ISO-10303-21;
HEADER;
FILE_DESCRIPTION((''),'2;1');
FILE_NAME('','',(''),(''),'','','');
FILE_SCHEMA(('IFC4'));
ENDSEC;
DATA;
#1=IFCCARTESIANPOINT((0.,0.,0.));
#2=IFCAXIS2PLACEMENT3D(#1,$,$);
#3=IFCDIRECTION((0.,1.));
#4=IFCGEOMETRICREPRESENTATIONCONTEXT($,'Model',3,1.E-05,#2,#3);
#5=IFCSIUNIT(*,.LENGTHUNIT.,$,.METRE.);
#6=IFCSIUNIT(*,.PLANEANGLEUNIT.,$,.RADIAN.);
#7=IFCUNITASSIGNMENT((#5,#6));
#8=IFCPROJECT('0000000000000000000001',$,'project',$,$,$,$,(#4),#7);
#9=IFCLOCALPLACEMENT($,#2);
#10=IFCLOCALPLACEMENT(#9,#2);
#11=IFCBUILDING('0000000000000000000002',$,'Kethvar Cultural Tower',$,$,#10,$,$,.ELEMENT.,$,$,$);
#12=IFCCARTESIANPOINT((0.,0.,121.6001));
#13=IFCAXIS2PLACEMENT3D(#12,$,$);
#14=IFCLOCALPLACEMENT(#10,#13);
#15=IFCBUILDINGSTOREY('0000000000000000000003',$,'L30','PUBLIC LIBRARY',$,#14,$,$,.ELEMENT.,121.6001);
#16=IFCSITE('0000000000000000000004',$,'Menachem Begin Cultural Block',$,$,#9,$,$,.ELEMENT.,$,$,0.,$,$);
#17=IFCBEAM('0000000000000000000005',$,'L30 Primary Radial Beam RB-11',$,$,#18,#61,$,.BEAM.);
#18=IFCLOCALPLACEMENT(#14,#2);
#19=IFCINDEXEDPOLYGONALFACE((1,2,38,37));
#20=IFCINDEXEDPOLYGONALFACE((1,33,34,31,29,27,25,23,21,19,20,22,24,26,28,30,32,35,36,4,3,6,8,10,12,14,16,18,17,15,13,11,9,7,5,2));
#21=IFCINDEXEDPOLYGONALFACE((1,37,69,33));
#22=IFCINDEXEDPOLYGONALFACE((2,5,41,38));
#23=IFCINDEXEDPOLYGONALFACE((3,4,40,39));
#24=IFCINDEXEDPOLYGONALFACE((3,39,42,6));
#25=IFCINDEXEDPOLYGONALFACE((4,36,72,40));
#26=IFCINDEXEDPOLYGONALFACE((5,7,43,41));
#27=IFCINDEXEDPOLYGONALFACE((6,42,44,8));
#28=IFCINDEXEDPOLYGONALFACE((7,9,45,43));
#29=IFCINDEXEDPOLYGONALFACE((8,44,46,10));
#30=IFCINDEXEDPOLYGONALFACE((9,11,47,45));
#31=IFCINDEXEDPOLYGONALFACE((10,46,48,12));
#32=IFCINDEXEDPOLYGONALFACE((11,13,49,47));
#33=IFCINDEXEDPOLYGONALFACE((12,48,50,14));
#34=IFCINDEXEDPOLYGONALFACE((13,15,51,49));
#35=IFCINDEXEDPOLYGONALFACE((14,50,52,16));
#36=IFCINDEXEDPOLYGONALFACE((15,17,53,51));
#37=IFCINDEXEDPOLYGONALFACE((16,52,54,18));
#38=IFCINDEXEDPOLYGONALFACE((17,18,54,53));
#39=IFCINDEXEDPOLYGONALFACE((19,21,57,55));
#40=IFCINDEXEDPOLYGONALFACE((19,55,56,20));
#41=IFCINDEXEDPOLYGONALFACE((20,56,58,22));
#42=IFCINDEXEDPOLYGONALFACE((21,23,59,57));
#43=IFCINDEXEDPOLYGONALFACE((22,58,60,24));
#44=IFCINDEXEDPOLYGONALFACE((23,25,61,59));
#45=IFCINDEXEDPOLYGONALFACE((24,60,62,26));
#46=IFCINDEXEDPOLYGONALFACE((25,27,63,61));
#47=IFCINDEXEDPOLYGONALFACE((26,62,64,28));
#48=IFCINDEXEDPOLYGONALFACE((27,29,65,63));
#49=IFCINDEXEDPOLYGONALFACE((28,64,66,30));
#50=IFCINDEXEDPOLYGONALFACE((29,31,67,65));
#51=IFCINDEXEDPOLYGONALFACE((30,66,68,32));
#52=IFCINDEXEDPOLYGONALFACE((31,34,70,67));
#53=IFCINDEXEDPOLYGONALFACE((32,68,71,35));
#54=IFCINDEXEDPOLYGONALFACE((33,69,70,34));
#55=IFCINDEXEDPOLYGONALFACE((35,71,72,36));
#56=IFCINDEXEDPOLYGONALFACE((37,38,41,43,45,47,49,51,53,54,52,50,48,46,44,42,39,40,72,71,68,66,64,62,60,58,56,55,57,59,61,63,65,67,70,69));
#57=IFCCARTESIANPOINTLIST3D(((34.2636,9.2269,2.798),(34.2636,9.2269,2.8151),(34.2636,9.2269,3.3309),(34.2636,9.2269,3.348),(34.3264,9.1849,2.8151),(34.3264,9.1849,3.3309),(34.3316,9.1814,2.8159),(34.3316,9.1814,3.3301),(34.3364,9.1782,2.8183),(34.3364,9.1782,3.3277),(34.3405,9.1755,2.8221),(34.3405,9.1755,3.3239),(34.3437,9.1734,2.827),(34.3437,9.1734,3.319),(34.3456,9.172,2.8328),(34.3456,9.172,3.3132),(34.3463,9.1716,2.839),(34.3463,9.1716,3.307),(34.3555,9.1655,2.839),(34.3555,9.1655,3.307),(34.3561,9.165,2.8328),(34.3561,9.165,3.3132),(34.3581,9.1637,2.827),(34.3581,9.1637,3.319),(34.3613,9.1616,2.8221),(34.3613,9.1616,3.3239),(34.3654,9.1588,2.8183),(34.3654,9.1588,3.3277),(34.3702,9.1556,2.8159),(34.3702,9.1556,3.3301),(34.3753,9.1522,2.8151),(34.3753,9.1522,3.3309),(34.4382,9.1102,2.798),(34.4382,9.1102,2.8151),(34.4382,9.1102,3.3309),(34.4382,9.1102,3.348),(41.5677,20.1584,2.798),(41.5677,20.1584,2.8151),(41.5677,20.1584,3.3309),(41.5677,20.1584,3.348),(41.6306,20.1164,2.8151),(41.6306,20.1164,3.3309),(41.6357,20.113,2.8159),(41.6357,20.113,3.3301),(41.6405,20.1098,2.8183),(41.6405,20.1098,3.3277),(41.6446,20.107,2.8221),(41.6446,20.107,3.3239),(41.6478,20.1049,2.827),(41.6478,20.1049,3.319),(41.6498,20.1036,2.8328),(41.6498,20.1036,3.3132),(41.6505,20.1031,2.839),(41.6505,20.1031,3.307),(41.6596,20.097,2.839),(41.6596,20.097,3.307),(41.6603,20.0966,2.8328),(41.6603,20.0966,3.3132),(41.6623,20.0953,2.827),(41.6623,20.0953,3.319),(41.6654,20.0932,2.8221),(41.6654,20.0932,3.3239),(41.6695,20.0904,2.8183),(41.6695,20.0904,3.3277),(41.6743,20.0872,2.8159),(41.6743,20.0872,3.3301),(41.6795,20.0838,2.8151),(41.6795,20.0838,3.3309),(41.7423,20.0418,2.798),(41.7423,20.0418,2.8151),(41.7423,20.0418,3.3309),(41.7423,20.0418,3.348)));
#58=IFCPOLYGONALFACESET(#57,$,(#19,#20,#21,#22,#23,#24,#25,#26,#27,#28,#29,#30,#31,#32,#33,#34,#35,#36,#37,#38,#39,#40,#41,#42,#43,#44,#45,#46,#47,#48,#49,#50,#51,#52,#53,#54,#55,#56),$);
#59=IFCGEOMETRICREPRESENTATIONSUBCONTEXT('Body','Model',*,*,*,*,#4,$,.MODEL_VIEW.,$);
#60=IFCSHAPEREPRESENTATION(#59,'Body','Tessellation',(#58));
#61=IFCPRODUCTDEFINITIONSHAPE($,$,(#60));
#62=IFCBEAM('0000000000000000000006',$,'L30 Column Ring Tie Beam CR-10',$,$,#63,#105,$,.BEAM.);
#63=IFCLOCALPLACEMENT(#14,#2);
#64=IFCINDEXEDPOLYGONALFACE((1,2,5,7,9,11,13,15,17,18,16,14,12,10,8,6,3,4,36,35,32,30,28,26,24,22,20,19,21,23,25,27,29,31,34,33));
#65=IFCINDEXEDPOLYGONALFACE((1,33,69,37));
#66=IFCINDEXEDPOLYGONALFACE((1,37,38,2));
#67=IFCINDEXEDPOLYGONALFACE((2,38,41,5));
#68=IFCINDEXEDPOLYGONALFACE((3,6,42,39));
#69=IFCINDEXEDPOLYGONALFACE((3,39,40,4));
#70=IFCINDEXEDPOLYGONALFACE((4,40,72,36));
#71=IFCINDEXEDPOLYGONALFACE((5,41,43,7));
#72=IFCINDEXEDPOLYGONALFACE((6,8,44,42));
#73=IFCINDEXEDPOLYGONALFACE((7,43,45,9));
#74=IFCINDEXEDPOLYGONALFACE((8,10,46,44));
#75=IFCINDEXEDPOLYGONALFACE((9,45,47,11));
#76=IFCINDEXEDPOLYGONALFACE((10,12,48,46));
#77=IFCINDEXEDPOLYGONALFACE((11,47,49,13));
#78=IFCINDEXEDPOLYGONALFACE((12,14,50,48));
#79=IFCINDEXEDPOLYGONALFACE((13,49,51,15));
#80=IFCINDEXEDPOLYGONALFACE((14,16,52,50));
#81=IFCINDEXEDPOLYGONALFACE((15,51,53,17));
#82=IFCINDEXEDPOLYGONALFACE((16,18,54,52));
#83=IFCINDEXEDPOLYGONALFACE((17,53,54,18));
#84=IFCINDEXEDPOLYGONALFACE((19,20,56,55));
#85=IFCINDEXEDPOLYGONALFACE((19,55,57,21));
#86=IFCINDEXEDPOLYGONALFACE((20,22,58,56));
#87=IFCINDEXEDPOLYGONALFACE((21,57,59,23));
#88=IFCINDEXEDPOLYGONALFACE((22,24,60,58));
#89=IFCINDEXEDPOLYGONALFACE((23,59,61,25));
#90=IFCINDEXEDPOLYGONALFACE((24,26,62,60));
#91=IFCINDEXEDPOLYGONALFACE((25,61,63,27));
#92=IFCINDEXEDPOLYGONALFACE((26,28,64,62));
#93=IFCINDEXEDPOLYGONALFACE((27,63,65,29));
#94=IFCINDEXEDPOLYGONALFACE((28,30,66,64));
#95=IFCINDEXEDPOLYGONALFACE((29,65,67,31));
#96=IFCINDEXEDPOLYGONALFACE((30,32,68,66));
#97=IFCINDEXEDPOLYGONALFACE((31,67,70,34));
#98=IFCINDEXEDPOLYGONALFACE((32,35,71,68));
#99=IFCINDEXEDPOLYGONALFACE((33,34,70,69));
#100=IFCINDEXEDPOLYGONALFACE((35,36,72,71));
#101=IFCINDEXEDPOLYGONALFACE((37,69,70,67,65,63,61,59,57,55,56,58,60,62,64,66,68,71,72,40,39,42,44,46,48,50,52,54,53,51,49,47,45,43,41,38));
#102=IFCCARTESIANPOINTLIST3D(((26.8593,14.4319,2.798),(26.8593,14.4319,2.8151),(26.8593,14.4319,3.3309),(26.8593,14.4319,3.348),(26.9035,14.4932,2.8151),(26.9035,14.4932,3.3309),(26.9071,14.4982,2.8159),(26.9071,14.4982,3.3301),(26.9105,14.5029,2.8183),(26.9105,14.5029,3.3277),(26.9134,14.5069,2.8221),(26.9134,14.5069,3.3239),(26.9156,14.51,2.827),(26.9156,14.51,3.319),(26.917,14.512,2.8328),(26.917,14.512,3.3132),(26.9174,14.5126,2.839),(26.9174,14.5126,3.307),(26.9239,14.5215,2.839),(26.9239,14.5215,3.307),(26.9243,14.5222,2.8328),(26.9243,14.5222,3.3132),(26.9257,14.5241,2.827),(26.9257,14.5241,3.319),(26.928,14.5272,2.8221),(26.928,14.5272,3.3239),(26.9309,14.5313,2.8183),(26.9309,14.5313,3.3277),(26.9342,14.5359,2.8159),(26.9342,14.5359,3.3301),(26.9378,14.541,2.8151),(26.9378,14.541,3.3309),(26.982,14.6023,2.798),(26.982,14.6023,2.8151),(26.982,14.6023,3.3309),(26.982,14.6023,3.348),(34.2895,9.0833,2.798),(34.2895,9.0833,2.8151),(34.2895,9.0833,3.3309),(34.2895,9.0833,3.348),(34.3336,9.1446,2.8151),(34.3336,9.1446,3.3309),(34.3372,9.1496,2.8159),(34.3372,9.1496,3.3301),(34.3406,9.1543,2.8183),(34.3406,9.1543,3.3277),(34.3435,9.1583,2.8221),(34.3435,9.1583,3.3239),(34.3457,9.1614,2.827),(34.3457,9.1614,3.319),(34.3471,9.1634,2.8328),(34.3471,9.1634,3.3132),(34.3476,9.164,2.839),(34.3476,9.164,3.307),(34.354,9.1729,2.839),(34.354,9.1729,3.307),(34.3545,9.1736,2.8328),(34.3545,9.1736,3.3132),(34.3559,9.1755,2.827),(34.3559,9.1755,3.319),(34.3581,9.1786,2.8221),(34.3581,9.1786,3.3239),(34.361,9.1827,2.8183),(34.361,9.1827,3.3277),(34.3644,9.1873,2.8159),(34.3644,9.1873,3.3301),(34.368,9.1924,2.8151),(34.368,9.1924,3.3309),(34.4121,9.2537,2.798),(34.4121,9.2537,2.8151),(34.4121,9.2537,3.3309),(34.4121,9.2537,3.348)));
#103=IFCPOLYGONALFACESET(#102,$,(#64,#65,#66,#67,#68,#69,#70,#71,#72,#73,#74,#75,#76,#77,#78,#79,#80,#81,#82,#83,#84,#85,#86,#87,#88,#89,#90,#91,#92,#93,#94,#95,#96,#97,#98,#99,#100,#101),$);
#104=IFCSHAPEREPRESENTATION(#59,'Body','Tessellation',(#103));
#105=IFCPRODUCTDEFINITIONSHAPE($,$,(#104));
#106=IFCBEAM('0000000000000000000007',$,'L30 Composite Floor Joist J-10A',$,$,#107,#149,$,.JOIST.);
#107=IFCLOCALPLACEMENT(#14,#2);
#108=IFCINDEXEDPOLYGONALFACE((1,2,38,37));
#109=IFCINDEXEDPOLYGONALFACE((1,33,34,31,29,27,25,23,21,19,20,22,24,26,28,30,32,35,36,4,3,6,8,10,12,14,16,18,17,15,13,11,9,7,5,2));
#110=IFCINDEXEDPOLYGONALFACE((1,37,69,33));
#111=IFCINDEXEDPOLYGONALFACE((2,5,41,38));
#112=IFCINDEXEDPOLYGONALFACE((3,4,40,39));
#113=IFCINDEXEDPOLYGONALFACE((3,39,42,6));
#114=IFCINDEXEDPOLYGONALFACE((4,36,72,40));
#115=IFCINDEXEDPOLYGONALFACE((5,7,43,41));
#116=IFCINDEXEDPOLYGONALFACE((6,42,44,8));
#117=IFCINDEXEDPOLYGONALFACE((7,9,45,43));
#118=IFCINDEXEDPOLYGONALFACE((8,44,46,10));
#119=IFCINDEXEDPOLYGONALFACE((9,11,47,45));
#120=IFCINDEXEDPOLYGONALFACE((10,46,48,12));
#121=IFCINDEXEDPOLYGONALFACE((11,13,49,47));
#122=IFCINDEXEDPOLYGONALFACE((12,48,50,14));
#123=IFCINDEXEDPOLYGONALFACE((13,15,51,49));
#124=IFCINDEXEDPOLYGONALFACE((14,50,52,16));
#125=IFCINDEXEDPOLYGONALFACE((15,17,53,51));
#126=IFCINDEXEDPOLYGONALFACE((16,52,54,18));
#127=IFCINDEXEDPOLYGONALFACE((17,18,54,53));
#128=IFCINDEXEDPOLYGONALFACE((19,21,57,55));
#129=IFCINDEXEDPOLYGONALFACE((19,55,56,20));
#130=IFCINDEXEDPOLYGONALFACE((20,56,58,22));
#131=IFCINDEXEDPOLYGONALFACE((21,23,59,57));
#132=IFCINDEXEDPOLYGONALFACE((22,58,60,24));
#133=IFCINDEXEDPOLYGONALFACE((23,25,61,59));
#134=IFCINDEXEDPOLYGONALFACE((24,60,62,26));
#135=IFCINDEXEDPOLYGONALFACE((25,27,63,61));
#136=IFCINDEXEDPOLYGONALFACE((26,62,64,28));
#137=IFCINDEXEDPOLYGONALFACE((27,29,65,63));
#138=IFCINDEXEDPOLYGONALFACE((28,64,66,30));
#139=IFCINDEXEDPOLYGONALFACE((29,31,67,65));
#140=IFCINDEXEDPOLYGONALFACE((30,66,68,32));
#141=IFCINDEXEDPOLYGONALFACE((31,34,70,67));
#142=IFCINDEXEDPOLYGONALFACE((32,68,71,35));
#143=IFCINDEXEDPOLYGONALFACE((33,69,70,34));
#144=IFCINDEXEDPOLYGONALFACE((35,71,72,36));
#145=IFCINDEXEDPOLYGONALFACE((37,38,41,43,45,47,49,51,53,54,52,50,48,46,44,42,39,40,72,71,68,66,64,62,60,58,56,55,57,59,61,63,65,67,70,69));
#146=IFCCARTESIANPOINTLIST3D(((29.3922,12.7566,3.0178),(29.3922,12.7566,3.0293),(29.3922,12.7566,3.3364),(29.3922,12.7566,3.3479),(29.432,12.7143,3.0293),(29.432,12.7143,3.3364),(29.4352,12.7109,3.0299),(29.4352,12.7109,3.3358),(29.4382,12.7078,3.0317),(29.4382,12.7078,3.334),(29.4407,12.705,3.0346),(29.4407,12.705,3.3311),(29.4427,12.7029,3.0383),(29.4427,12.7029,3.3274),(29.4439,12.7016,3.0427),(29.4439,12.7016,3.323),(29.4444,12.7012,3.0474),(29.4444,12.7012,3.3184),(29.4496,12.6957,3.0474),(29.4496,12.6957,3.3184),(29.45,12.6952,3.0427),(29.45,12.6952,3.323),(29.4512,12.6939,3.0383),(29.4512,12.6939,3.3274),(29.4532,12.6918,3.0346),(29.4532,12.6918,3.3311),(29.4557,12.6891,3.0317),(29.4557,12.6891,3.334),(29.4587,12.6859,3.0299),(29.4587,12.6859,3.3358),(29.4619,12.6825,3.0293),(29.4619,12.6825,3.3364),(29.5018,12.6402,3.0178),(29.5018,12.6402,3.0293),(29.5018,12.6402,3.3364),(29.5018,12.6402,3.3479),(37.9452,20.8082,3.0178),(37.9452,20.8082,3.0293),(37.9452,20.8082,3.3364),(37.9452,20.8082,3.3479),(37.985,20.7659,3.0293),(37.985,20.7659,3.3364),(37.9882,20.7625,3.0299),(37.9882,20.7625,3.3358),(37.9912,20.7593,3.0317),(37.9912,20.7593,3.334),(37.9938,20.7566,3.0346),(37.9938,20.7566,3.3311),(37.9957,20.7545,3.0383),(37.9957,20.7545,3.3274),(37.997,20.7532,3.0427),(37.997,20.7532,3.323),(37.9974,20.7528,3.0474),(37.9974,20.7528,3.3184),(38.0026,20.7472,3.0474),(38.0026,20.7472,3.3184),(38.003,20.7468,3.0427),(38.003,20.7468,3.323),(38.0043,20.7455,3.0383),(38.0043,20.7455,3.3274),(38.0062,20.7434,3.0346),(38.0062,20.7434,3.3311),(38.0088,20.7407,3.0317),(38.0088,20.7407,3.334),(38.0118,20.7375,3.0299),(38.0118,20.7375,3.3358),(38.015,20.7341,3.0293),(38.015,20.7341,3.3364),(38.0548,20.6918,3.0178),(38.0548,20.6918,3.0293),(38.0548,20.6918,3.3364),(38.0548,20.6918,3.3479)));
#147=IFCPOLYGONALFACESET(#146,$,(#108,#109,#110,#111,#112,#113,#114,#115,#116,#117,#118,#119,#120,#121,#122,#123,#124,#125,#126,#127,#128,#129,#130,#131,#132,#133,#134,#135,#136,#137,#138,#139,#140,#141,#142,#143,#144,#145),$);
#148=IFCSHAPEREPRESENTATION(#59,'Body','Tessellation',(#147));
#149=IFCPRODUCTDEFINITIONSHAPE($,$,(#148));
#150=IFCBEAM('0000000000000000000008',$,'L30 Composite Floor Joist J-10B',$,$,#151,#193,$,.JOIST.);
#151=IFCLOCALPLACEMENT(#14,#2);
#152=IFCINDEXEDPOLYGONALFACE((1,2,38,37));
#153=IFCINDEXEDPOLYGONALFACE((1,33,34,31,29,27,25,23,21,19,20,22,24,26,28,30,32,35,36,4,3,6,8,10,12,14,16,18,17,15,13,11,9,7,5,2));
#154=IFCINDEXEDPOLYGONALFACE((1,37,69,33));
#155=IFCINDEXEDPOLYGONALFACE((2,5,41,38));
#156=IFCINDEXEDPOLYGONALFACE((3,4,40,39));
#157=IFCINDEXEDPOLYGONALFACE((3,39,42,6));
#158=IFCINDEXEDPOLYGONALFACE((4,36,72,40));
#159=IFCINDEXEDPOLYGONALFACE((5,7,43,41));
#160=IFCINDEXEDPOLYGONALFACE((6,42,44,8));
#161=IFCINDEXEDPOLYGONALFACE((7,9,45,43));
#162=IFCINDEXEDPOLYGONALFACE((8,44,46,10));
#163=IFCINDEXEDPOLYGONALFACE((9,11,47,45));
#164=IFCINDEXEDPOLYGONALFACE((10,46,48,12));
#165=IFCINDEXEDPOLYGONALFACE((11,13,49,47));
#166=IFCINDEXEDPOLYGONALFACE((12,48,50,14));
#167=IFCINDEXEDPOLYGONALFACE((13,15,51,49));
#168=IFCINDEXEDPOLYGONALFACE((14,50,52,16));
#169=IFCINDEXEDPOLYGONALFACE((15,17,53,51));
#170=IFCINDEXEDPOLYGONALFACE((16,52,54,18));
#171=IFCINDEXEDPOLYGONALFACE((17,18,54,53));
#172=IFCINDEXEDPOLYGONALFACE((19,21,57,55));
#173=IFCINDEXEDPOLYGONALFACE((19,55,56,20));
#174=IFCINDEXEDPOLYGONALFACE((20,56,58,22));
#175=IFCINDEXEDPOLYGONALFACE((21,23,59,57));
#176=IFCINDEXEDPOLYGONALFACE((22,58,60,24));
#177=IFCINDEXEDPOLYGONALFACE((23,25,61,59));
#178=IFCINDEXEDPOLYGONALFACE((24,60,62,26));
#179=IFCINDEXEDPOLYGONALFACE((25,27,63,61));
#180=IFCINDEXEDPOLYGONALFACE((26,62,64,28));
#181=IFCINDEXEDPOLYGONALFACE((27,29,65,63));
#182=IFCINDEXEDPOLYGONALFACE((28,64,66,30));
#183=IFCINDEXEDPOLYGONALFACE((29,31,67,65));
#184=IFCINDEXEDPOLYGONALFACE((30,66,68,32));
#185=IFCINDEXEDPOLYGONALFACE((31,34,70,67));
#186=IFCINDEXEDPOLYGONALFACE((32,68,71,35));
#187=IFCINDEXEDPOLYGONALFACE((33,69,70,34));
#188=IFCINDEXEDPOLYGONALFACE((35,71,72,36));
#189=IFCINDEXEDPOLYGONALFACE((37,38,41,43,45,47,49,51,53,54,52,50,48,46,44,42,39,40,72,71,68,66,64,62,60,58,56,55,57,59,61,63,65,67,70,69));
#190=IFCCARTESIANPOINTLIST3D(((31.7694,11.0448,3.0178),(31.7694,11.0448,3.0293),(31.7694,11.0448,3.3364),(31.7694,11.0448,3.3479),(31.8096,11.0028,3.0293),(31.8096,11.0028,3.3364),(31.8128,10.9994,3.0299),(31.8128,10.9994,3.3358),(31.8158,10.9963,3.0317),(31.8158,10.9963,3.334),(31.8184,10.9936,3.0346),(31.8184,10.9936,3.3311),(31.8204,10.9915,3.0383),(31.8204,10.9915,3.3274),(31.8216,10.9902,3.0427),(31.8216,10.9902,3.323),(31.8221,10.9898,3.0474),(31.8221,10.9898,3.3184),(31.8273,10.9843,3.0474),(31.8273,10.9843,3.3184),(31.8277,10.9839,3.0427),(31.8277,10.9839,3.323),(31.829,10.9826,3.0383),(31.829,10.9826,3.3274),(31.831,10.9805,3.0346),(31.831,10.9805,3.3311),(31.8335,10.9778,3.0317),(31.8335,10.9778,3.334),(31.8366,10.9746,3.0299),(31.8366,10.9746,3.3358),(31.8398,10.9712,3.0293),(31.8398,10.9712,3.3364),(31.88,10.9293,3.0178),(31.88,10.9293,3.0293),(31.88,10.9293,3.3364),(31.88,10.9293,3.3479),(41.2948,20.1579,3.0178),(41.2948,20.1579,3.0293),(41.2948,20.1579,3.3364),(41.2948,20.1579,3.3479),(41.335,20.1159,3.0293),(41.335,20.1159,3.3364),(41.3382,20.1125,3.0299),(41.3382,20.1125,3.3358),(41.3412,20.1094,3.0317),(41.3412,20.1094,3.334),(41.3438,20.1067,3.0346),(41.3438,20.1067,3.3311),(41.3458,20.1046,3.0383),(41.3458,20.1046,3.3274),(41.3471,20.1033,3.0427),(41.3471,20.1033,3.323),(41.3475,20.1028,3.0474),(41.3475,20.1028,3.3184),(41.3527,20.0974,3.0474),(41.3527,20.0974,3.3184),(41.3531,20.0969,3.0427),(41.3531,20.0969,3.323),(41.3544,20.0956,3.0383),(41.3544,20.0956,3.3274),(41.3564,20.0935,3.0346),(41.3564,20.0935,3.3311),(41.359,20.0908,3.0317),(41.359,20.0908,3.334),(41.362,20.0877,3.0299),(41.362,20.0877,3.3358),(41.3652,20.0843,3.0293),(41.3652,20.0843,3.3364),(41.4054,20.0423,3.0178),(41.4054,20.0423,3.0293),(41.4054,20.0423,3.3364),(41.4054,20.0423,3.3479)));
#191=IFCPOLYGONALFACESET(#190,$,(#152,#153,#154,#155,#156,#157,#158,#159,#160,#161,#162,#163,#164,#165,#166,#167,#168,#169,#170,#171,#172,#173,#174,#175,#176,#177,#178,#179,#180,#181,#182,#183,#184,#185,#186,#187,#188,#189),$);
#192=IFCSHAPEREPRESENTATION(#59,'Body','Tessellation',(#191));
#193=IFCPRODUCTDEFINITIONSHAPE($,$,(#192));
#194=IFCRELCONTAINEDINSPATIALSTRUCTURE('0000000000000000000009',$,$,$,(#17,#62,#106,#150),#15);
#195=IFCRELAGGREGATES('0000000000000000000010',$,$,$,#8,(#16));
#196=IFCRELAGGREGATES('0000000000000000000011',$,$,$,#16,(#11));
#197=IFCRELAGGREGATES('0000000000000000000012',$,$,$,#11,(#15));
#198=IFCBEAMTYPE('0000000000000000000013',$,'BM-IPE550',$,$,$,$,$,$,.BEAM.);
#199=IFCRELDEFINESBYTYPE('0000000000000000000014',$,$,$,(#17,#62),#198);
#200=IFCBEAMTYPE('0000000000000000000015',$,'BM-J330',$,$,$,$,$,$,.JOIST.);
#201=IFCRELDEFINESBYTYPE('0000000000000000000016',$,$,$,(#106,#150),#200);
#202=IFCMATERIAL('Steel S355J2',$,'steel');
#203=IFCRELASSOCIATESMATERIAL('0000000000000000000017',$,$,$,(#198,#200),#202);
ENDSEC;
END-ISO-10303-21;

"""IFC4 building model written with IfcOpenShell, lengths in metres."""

from ifc_helpers import new_model, si_unit, direction, frame, origin, origin_2d, place, context, subcontext, project, spatial, i_section, extrude, source, transform, mapped, material, material_profile, profile_set, type_object, element, save


model = new_model("IFC4")

# Units and contexts
model_context = context("Model", 3, precision=1e-05, world=origin(), true_north=direction((0.0, 1.0)))
body_context = subcontext(model_context, "Body", "Model", "MODEL_VIEW")
ifc_project = project(units=[si_unit("LENGTHUNIT", "METRE"), si_unit("PLANEANGLEUNIT", "RADIAN")], contexts=[model_context])

# Site, building, storey
site_placement = place(None, origin())
site = spatial("IfcSite", under=ifc_project, at=site_placement, Name="Menachem Begin Cultural Block", CompositionType="ELEMENT", RefElevation=0.0)
building_placement = place(site_placement, origin())
building = spatial("IfcBuilding", under=site, at=building_placement, Name="Kethvar Cultural Tower", CompositionType="ELEMENT")
storey_placement = place(building_placement, frame((0.0, 0.0, 121.6001)))
storey = spatial("IfcBuildingStorey", under=building, at=storey_placement, Name="L30", Description="PUBLIC LIBRARY", CompositionType="ELEMENT", Elevation=121.6001)

# Beams
ifc_material_1 = material(Name="Steel S355J2", Category="steel")
ifc_material_profile_1 = material_profile(ifc_material_1, i_section(OverallWidth=0.21, OverallDepth=0.55, WebThickness=0.011, FlangeThickness=0.0171, FilletRadius=0.0239, at=origin_2d()), Name="Steel S355J2 — IPE550")
ifc_profile_set_1 = profile_set([ifc_material_profile_1], Name="Steel S355J2 — IPE550")
beam_type_1 = type_object("IfcBeamType", Name="BM-IPE550", PredefinedType="BEAM", material=ifc_profile_set_1)
shared_shape_1 = source(origin(), body_context, "Body", "SweptSolid", [
    extrude(i_section(OverallWidth=0.21, OverallDepth=0.55, WebThickness=0.011, FlangeThickness=0.0171, FilletRadius=0.0239, at=origin_2d()), origin(), (0.0, 0.0, 1.0), 13.1472),
])
beam_1_placement = place(storey_placement, frame((41.655, 20.1001, 3.073), z_axis=(-0.555566, -0.831473, 0.0), x_axis=(0.831473, -0.555566, 0.0)))
element("IfcBeam", 1, at=beam_1_placement, inside=storey, type_object=beam_type_1, Name="L30 Primary Radial Beam RB-11", PredefinedType="BEAM", context=body_context, shape_type="MappedRepresentation", body=[
    mapped(shared_shape_1, transform((0.0, 0.0, 0.0), scale=1.0)),
])
shared_shape_2 = source(origin(), body_context, "Body", "SweptSolid", [
    extrude(i_section(OverallWidth=0.21, OverallDepth=0.55, WebThickness=0.011, FlangeThickness=0.0171, FilletRadius=0.0239, at=origin_2d()), origin(), (0.0, 0.0, 1.0), 9.155),
])
beam_2_placement = place(storey_placement, frame((26.9207, 14.5171, 3.073), z_axis=(0.811591, -0.584226, 0.0), x_axis=(0.584226, 0.811591, 0.0)))
element("IfcBeam", 2, at=beam_2_placement, inside=storey, type_object=beam_type_1, Name="L30 Column Ring Tie Beam CR-10", PredefinedType="BEAM", context=body_context, shape_type="MappedRepresentation", body=[
    mapped(shared_shape_2, transform((0.0, 0.0, 0.0), scale=1.0)),
])
ifc_material_profile_2 = material_profile(ifc_material_1, i_section(OverallWidth=0.1599, OverallDepth=0.3301, WebThickness=0.0076, FlangeThickness=0.0115, FilletRadius=0.0181, at=origin_2d()), Name="Steel S355J2 — IPE330")
ifc_profile_set_2 = profile_set([ifc_material_profile_2], Name="Steel S355J2 — IPE330")
beam_type_2 = type_object("IfcBeamType", Name="BM-J330", PredefinedType="JOIST", material=ifc_profile_set_2)
shared_shape_3 = source(origin(), body_context, "Body", "SweptSolid", [
    extrude(i_section(OverallWidth=0.1599, OverallDepth=0.3301, WebThickness=0.0076, FlangeThickness=0.0115, FilletRadius=0.0181, at=origin_2d()), origin(), (0.0, 0.0, 1.0), 11.7466),
])
beam_3_placement = place(storey_placement, frame((38.0, 20.75, 3.1829), z_axis=(-0.72813, -0.685439, 0.0), x_axis=(0.685439, -0.72813, 0.0)))
element("IfcBeam", 3, at=beam_3_placement, inside=storey, type_object=beam_type_2, Name="L30 Composite Floor Joist J-10A", PredefinedType="JOIST", context=body_context, shape_type="MappedRepresentation", body=[
    mapped(shared_shape_3, transform((0.0, 0.0, 0.0), scale=1.0)),
])
shared_shape_4 = source(origin(), body_context, "Body", "SweptSolid", [
    extrude(i_section(OverallWidth=0.1599, OverallDepth=0.3301, WebThickness=0.0076, FlangeThickness=0.0115, FilletRadius=0.0181, at=origin_2d()), origin(), (0.0, 0.0, 1.0), 13.1826),
])
beam_4_placement = place(storey_placement, frame((41.3501, 20.1001, 3.1829), z_axis=(-0.722574, -0.691294, 0.0), x_axis=(0.691294, -0.722574, 0.0)))
element("IfcBeam", 4, at=beam_4_placement, inside=storey, type_object=beam_type_2, Name="L30 Composite Floor Joist J-10B", PredefinedType="JOIST", context=body_context, shape_type="MappedRepresentation", body=[
    mapped(shared_shape_4, transform((0.0, 0.0, 0.0), scale=1.0)),
])

save(model, "model.ifc")
